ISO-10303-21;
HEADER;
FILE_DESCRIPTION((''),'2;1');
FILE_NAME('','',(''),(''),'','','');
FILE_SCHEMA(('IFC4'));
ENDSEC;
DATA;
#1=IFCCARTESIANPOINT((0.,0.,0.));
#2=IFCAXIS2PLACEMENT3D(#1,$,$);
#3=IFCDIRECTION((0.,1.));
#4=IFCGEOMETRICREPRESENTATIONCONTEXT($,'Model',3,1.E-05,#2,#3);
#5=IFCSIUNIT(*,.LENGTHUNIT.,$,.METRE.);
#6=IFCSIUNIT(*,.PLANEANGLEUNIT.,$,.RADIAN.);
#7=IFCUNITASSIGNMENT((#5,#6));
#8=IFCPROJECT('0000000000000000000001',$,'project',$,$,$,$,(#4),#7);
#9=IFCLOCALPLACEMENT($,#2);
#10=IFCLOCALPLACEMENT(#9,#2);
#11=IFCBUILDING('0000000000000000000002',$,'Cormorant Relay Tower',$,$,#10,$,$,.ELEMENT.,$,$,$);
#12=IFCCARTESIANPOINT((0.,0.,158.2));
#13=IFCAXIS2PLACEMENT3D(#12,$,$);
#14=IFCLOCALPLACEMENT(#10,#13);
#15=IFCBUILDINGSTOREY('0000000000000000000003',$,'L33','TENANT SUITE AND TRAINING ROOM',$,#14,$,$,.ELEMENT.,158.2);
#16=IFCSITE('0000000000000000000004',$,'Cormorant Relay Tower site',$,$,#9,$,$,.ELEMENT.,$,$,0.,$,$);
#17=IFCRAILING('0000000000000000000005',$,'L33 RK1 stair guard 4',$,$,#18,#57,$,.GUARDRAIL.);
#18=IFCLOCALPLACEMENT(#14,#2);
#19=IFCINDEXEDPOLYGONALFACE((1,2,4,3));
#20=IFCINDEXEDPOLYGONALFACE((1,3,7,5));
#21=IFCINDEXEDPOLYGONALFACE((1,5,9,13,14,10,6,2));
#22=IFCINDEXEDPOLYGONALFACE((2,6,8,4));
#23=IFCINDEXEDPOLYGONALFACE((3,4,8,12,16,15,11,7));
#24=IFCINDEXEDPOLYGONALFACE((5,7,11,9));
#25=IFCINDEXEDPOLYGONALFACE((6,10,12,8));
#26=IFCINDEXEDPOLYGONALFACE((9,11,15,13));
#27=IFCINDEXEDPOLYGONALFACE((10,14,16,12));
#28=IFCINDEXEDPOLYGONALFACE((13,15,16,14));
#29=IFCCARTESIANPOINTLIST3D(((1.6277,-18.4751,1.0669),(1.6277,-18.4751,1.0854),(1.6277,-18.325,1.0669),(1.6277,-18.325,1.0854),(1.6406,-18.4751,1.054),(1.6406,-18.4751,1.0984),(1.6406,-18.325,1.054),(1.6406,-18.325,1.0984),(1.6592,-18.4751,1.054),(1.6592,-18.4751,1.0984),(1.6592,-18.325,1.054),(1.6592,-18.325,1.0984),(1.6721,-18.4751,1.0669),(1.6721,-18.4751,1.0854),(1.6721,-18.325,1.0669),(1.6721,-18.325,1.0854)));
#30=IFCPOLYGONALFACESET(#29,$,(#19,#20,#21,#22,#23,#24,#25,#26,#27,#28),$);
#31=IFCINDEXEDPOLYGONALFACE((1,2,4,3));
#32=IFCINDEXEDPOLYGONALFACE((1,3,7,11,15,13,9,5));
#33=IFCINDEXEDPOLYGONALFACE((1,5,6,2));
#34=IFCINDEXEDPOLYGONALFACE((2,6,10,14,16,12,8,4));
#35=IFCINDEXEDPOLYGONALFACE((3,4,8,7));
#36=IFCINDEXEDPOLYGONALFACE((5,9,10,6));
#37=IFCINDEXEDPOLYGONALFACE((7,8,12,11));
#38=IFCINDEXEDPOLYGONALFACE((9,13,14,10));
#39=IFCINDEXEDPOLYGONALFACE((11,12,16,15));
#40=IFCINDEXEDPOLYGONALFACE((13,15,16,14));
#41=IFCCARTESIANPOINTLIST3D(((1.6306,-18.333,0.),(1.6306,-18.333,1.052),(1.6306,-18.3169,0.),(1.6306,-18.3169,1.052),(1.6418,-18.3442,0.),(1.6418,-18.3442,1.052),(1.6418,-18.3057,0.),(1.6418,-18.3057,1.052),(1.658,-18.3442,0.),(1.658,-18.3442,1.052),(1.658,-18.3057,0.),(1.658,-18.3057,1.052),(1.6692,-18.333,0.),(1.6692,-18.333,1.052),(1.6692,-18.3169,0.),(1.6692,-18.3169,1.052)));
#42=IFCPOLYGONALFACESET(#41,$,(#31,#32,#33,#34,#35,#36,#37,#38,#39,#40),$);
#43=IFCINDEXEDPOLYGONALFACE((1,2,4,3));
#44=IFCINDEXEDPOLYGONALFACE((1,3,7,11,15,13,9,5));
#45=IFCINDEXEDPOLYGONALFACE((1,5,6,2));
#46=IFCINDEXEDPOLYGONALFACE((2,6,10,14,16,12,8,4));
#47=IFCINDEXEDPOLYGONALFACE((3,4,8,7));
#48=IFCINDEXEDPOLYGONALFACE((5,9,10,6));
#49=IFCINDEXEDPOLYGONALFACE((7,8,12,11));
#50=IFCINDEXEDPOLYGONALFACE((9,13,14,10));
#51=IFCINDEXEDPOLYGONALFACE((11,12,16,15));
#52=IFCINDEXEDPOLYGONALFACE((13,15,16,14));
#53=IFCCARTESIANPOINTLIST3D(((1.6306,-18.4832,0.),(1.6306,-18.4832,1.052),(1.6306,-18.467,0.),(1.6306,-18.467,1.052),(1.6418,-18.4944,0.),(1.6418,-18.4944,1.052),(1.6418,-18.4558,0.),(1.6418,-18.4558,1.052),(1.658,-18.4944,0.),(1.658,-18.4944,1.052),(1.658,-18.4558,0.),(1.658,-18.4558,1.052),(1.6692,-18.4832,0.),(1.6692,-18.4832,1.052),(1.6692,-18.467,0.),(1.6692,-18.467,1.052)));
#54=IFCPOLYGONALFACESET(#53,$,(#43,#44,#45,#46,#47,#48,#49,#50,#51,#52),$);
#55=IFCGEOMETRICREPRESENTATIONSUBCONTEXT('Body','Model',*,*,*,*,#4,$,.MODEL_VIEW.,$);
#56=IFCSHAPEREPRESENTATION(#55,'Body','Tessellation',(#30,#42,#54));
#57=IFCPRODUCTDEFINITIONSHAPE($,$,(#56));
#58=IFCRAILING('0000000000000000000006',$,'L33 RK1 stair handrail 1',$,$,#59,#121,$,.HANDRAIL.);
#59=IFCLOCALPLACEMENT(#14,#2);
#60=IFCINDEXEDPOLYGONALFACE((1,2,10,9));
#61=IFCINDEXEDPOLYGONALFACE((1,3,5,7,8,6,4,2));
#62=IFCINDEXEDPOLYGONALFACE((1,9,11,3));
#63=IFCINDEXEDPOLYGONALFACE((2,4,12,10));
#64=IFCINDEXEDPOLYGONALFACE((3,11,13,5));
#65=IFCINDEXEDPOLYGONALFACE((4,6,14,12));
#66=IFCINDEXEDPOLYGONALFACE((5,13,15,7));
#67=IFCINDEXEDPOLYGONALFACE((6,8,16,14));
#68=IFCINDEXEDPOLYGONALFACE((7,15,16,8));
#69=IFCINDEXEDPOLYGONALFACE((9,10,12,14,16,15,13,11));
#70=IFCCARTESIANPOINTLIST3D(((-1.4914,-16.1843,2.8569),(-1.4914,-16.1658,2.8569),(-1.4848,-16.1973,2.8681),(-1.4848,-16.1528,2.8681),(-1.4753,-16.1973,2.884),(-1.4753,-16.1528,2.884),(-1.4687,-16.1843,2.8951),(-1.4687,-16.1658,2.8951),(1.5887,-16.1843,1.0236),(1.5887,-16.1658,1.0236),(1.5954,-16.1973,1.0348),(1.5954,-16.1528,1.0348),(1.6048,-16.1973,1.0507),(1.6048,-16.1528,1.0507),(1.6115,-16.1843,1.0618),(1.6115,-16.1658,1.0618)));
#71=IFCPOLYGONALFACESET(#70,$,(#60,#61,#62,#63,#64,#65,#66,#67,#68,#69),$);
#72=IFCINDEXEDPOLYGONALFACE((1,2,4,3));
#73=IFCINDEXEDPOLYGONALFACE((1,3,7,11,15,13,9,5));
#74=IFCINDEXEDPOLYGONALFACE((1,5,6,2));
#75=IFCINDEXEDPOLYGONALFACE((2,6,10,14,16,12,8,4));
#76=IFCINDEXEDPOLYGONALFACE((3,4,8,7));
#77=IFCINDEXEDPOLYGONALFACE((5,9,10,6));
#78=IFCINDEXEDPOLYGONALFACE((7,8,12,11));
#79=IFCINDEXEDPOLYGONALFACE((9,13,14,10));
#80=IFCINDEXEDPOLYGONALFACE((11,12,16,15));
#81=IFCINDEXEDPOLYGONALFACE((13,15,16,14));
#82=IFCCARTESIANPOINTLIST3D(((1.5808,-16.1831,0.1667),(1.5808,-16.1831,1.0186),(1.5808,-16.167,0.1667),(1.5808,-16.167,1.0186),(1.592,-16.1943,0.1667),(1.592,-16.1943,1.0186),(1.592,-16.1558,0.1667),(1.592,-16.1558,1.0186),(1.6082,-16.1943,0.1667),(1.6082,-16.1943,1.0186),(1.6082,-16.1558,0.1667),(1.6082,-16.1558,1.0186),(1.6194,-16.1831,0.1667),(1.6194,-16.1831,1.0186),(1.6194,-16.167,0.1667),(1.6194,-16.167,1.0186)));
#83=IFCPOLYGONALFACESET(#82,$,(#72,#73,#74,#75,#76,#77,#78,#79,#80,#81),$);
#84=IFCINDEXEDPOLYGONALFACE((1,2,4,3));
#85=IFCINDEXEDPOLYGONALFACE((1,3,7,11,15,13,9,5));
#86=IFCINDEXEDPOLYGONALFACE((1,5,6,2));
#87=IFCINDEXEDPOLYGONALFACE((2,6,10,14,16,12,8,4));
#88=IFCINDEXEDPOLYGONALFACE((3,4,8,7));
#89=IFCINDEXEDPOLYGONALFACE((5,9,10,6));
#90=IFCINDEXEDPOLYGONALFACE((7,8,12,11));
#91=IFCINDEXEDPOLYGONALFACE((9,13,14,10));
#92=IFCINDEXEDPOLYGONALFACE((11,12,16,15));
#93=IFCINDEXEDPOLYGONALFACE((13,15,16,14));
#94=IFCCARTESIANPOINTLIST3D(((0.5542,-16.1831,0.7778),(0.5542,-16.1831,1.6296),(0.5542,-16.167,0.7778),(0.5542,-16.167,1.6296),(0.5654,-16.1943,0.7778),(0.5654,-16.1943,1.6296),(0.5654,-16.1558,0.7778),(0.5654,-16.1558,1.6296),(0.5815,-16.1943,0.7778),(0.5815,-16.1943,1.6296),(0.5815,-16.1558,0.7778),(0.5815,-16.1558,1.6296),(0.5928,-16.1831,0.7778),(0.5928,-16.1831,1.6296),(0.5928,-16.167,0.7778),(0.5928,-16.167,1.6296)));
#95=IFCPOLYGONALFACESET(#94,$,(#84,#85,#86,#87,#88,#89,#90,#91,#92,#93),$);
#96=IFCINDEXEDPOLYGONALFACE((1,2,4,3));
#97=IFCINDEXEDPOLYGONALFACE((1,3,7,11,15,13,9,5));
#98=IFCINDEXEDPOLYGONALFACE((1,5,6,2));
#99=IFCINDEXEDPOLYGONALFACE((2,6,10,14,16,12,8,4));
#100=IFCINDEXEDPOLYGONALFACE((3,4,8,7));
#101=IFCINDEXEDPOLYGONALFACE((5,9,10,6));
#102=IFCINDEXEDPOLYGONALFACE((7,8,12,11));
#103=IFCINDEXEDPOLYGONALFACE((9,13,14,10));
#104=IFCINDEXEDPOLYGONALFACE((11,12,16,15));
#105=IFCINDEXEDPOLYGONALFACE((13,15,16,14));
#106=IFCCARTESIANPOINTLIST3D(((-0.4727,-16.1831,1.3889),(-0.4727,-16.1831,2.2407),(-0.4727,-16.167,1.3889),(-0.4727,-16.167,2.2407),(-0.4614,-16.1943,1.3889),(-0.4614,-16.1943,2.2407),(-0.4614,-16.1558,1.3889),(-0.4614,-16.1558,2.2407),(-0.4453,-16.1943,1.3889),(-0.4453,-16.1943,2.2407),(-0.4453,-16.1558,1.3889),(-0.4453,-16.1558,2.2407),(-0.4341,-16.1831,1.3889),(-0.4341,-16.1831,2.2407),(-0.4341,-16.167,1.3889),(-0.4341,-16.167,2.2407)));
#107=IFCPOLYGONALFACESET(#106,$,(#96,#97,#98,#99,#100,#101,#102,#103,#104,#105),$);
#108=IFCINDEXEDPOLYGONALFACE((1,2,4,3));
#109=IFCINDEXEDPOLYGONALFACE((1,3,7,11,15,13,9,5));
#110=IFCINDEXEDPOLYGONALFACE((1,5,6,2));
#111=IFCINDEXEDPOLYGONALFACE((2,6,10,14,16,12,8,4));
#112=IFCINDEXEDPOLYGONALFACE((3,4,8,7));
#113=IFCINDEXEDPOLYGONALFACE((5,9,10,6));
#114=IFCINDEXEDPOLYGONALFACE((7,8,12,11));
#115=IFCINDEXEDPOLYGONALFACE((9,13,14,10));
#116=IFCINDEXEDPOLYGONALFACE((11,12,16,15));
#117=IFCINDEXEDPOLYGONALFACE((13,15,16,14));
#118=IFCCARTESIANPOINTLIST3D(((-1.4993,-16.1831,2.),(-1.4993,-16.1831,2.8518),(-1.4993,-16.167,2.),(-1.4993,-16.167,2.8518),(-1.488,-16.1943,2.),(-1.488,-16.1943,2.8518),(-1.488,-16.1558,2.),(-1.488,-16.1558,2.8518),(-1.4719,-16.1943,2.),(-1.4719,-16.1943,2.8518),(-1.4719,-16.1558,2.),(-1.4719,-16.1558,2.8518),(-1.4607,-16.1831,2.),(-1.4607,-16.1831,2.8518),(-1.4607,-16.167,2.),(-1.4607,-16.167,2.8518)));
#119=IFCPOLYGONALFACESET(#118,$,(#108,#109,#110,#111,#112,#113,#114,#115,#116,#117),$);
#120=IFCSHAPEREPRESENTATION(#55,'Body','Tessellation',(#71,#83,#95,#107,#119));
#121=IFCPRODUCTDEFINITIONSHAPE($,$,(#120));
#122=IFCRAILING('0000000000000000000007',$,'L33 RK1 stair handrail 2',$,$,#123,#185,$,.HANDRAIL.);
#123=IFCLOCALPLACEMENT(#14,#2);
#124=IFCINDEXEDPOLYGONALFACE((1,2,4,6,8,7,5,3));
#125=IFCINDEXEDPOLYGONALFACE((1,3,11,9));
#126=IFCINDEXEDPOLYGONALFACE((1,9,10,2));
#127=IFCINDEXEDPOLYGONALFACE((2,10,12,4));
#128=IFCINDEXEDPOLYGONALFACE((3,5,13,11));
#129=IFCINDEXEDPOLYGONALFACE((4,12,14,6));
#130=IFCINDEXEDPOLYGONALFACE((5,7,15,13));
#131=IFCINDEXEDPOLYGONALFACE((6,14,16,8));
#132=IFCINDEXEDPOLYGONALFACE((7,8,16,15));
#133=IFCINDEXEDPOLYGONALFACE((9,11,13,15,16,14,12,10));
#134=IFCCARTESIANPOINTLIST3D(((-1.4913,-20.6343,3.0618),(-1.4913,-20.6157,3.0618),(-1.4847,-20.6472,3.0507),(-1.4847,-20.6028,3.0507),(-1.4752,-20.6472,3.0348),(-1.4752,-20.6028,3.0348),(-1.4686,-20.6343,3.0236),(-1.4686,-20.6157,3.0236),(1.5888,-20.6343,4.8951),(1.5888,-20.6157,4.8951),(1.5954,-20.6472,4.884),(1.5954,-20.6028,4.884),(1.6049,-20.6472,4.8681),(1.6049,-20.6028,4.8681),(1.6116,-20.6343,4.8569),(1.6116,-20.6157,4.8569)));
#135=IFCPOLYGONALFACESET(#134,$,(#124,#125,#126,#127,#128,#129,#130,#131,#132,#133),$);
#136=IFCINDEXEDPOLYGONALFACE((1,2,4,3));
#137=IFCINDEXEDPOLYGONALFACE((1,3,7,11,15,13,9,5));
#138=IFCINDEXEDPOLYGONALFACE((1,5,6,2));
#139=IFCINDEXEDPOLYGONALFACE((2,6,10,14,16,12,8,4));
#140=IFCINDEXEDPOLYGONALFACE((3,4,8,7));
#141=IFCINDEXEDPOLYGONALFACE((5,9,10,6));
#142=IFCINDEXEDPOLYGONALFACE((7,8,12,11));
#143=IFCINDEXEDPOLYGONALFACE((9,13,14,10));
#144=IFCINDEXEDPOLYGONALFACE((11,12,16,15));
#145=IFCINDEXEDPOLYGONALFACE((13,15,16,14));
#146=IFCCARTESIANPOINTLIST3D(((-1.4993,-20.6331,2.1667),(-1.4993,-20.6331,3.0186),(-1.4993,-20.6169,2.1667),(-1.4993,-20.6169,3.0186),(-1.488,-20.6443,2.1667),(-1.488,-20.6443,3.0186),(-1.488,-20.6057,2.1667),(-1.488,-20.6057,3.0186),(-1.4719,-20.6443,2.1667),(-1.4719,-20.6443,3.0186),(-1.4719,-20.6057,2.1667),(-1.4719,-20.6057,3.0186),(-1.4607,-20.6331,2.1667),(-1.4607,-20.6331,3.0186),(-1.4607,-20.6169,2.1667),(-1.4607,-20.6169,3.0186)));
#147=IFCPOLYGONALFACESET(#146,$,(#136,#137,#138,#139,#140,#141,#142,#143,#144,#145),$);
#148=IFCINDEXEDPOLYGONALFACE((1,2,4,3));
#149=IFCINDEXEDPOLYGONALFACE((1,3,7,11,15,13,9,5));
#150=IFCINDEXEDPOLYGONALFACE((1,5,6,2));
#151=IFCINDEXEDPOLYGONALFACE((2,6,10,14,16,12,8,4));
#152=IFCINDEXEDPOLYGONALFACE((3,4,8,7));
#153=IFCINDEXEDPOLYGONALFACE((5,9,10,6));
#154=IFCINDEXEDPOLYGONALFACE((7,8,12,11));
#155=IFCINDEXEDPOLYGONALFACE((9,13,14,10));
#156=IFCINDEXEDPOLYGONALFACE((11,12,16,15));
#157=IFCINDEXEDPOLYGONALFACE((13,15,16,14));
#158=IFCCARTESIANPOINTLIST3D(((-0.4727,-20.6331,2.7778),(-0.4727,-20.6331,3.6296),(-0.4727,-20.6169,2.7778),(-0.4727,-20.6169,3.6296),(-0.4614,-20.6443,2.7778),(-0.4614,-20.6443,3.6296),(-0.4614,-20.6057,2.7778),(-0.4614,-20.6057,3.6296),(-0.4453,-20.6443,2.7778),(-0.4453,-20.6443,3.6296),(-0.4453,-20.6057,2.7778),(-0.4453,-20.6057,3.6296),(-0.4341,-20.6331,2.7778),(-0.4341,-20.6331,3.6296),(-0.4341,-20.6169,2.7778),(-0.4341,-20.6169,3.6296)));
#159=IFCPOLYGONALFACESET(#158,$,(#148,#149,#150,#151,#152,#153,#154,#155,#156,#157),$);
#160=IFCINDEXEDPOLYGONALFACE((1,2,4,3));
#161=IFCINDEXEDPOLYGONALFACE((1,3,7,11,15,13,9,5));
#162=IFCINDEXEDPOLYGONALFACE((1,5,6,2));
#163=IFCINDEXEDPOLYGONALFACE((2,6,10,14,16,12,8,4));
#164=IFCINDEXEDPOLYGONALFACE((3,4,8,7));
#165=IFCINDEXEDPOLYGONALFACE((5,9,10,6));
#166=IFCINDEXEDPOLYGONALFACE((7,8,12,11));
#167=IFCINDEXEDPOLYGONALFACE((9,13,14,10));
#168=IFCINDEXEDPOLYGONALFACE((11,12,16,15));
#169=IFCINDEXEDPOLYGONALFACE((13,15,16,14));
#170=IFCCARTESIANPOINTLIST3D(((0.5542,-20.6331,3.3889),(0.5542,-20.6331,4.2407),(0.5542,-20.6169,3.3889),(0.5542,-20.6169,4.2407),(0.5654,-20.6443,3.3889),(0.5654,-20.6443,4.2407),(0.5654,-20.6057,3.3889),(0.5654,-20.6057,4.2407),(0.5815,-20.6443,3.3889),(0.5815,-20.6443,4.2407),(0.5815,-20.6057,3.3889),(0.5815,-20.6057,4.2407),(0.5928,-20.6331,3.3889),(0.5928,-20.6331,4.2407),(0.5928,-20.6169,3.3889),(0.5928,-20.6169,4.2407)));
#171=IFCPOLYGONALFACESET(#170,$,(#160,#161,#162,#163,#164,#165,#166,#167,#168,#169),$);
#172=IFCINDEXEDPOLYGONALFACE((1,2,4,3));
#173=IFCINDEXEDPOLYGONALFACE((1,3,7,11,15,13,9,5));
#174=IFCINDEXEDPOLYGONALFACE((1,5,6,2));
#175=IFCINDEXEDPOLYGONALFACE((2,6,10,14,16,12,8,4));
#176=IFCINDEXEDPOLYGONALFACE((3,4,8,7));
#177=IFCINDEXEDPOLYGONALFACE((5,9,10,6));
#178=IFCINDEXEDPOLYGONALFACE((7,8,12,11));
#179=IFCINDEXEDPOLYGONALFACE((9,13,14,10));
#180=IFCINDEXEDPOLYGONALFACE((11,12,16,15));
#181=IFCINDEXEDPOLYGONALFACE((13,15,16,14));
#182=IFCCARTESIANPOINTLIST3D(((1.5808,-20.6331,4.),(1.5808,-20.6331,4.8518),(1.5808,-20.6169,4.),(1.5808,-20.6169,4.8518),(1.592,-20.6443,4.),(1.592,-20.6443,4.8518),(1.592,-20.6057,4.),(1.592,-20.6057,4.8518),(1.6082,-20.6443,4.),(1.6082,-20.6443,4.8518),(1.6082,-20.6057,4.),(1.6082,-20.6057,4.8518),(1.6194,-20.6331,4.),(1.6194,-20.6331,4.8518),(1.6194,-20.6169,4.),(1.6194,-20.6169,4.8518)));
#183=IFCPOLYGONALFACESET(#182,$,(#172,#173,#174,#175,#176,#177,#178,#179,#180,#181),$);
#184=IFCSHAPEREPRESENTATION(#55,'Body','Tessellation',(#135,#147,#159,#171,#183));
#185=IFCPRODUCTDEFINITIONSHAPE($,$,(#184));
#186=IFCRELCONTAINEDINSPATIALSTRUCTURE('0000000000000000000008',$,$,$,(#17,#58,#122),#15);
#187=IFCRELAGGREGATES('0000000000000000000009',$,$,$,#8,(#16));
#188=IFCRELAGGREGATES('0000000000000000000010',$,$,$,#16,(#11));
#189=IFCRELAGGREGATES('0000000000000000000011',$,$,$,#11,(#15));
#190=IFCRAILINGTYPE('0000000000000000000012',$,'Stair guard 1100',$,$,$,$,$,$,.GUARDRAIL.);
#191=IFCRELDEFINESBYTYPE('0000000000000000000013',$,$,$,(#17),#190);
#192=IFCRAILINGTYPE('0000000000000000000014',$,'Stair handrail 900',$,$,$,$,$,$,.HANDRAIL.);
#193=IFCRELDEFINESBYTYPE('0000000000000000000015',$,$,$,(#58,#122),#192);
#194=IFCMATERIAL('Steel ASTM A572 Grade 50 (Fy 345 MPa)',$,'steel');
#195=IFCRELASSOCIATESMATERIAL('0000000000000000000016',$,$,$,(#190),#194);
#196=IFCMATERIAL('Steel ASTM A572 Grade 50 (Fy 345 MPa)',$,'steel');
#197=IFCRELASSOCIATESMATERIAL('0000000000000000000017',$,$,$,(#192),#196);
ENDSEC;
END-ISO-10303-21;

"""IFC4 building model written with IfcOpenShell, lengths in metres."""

from ifc_helpers import new_model, si_unit, direction, frame, origin, place, context, subcontext, project, spatial, polyline, outline, extrude, material, type_object, element, save


model = new_model("IFC4")

# Units and contexts
model_context = context("Model", 3, precision=1e-05, world=origin(), true_north=direction((0.0, 1.0)))
body_context = subcontext(model_context, "Body", "Model", "MODEL_VIEW")
ifc_project = project(units=[si_unit("LENGTHUNIT", "METRE"), si_unit("PLANEANGLEUNIT", "RADIAN")], contexts=[model_context])

# Site, building, storey
site_placement = place(None, origin())
site = spatial("IfcSite", under=ifc_project, at=site_placement, Name="Cormorant Relay Tower site", CompositionType="ELEMENT", RefElevation=0.0)
building_placement = place(site_placement, origin())
building = spatial("IfcBuilding", under=site, at=building_placement, Name="Cormorant Relay Tower", CompositionType="ELEMENT")
storey_placement = place(building_placement, frame((0.0, 0.0, 158.2)))
storey = spatial("IfcBuildingStorey", under=building, at=storey_placement, Name="L33", Description="TENANT SUITE AND TRAINING ROOM", CompositionType="ELEMENT", Elevation=158.2)

# Railings
ifc_material_1 = material(Name="Steel ASTM A572 Grade 50 (Fy 345 MPa)", Category="steel")
railing_type_1 = type_object("IfcRailingType", Name="Stair guard 1100", PredefinedType="GUARDRAIL", material=ifc_material_1)
railing_1_placement = place(storey_placement, frame((1.6499, -18.325, 0.0)))
element("IfcRailing", 1, at=railing_1_placement, inside=storey, type_object=railing_type_1, Name="L33 RK1 stair guard 4", PredefinedType="GUARDRAIL", context=body_context, shape_type="SweptSolid", body=[
    extrude(outline(polyline([(0.0222, 0.0093), (0.0093, 0.0222), (-0.0093, 0.0222), (-0.0222, 0.0093), (-0.0222, -0.0093), (-0.0093, -0.0222), (0.0093, -0.0222), (0.0222, -0.0093), (0.0222, 0.0093)])), frame((0.0, 0.0, 1.0762), z_axis=(0.0, -1.0, 0.0), x_axis=(1.0, 0.0, 0.0)), (0.0, 0.0, 1.0), 0.1501),
    extrude(outline(polyline([(0.0193, 0.0081), (0.0081, 0.0193), (-0.0081, 0.0193), (-0.0193, 0.0081), (-0.0193, -0.0081), (-0.0081, -0.0193), (0.0081, -0.0193), (0.0193, -0.0081), (0.0193, 0.0081)])), origin(), (0.0, 0.0, 1.0), 1.052),
    extrude(outline(polyline([(0.0193, 0.0081), (0.0081, 0.0193), (-0.0081, 0.0193), (-0.0193, 0.0081), (-0.0193, -0.0081), (-0.0081, -0.0193), (0.0081, -0.0193), (0.0193, -0.0081), (0.0193, 0.0081)])), frame((0.0, -0.1501, 0.0)), (0.0, 0.0, 1.0), 1.052),
])
ifc_material_2 = material(Name="Steel ASTM A572 Grade 50 (Fy 345 MPa)", Category="steel")
railing_type_2 = type_object("IfcRailingType", Name="Stair handrail 900", PredefinedType="HANDRAIL", material=ifc_material_2)
railing_2_placement = place(storey_placement, frame((1.6001, -16.175, 0.1667)))
element("IfcRailing", 2, at=railing_2_placement, inside=storey, type_object=railing_type_2, Name="L33 RK1 stair handrail 1", PredefinedType="HANDRAIL", context=body_context, shape_type="SweptSolid", body=[
    extrude(outline(polyline([(0.0222, 0.0093), (0.0093, 0.0222), (-0.0093, 0.0222), (-0.0222, 0.0093), (-0.0222, -0.0093), (-0.0093, -0.0222), (0.0093, -0.0222), (0.0222, -0.0093), (0.0222, 0.0093)])), frame((0.0, 0.0, 0.876), z_axis=(-0.859309, 0.0, 0.511458), x_axis=(0.0, -1.0, 0.0)), (0.0, 0.0, 1.0), 3.5845),
    extrude(outline(polyline([(0.0193, 0.0081), (0.0081, 0.0193), (-0.0081, 0.0193), (-0.0193, 0.0081), (-0.0193, -0.0081), (-0.0081, -0.0193), (0.0081, -0.0193), (0.0193, -0.0081), (0.0193, 0.0081)])), origin(), (0.0, 0.0, 1.0), 0.8518),
    extrude(outline(polyline([(0.0193, 0.0081), (0.0081, 0.0193), (-0.0081, 0.0193), (-0.0193, 0.0081), (-0.0193, -0.0081), (-0.0081, -0.0193), (0.0081, -0.0193), (0.0193, -0.0081), (0.0193, 0.0081)])), frame((-1.0266, 0.0, 0.6111)), (0.0, 0.0, 1.0), 0.8518),
    extrude(outline(polyline([(0.0193, 0.0081), (0.0081, 0.0193), (-0.0081, 0.0193), (-0.0193, 0.0081), (-0.0193, -0.0081), (-0.0081, -0.0193), (0.0081, -0.0193), (0.0193, -0.0081), (0.0193, 0.0081)])), frame((-2.0535, 0.0, 1.2222)), (0.0, 0.0, 1.0), 0.8518),
    extrude(outline(polyline([(0.0193, 0.0081), (0.0081, 0.0193), (-0.0081, 0.0193), (-0.0193, 0.0081), (-0.0193, -0.0081), (-0.0081, -0.0193), (0.0081, -0.0193), (0.0193, -0.0081), (0.0193, 0.0081)])), frame((-3.0801, 0.0, 1.8333)), (0.0, 0.0, 1.0), 0.8518),
])
railing_3_placement = place(storey_placement, frame((-1.48, -20.625, 2.1667)))
element("IfcRailing", 3, at=railing_3_placement, inside=storey, type_object=railing_type_2, Name="L33 RK1 stair handrail 2", PredefinedType="HANDRAIL", context=body_context, shape_type="SweptSolid", body=[
    extrude(outline(polyline([(0.0222, 0.0093), (0.0093, 0.0222), (-0.0093, 0.0222), (-0.0222, 0.0093), (-0.0222, -0.0093), (-0.0093, -0.0222), (0.0093, -0.0222), (0.0222, -0.0093), (0.0222, 0.0093)])), frame((0.0, 0.0, 0.876), z_axis=(0.859309, 0.0, 0.511458), x_axis=(0.0, 1.0, 0.0)), (0.0, 0.0, 1.0), 3.5845),
    extrude(outline(polyline([(0.0193, 0.0081), (0.0081, 0.0193), (-0.0081, 0.0193), (-0.0193, 0.0081), (-0.0193, -0.0081), (-0.0081, -0.0193), (0.0081, -0.0193), (0.0193, -0.0081), (0.0193, 0.0081)])), origin(), (0.0, 0.0, 1.0), 0.8518),
    extrude(outline(polyline([(0.0193, 0.0081), (0.0081, 0.0193), (-0.0081, 0.0193), (-0.0193, 0.0081), (-0.0193, -0.0081), (-0.0081, -0.0193), (0.0081, -0.0193), (0.0193, -0.0081), (0.0193, 0.0081)])), frame((1.0266, 0.0, 0.6111)), (0.0, 0.0, 1.0), 0.8518),
    extrude(outline(polyline([(0.0193, 0.0081), (0.0081, 0.0193), (-0.0081, 0.0193), (-0.0193, 0.0081), (-0.0193, -0.0081), (-0.0081, -0.0193), (0.0081, -0.0193), (0.0193, -0.0081), (0.0193, 0.0081)])), frame((2.0535, 0.0, 1.2222)), (0.0, 0.0, 1.0), 0.8518),
    extrude(outline(polyline([(0.0193, 0.0081), (0.0081, 0.0193), (-0.0081, 0.0193), (-0.0193, 0.0081), (-0.0193, -0.0081), (-0.0081, -0.0193), (0.0081, -0.0193), (0.0193, -0.0081), (0.0193, 0.0081)])), frame((3.0801, 0.0, 1.8333)), (0.0, 0.0, 1.0), 0.8518),
])

save(model, "model.ifc")
